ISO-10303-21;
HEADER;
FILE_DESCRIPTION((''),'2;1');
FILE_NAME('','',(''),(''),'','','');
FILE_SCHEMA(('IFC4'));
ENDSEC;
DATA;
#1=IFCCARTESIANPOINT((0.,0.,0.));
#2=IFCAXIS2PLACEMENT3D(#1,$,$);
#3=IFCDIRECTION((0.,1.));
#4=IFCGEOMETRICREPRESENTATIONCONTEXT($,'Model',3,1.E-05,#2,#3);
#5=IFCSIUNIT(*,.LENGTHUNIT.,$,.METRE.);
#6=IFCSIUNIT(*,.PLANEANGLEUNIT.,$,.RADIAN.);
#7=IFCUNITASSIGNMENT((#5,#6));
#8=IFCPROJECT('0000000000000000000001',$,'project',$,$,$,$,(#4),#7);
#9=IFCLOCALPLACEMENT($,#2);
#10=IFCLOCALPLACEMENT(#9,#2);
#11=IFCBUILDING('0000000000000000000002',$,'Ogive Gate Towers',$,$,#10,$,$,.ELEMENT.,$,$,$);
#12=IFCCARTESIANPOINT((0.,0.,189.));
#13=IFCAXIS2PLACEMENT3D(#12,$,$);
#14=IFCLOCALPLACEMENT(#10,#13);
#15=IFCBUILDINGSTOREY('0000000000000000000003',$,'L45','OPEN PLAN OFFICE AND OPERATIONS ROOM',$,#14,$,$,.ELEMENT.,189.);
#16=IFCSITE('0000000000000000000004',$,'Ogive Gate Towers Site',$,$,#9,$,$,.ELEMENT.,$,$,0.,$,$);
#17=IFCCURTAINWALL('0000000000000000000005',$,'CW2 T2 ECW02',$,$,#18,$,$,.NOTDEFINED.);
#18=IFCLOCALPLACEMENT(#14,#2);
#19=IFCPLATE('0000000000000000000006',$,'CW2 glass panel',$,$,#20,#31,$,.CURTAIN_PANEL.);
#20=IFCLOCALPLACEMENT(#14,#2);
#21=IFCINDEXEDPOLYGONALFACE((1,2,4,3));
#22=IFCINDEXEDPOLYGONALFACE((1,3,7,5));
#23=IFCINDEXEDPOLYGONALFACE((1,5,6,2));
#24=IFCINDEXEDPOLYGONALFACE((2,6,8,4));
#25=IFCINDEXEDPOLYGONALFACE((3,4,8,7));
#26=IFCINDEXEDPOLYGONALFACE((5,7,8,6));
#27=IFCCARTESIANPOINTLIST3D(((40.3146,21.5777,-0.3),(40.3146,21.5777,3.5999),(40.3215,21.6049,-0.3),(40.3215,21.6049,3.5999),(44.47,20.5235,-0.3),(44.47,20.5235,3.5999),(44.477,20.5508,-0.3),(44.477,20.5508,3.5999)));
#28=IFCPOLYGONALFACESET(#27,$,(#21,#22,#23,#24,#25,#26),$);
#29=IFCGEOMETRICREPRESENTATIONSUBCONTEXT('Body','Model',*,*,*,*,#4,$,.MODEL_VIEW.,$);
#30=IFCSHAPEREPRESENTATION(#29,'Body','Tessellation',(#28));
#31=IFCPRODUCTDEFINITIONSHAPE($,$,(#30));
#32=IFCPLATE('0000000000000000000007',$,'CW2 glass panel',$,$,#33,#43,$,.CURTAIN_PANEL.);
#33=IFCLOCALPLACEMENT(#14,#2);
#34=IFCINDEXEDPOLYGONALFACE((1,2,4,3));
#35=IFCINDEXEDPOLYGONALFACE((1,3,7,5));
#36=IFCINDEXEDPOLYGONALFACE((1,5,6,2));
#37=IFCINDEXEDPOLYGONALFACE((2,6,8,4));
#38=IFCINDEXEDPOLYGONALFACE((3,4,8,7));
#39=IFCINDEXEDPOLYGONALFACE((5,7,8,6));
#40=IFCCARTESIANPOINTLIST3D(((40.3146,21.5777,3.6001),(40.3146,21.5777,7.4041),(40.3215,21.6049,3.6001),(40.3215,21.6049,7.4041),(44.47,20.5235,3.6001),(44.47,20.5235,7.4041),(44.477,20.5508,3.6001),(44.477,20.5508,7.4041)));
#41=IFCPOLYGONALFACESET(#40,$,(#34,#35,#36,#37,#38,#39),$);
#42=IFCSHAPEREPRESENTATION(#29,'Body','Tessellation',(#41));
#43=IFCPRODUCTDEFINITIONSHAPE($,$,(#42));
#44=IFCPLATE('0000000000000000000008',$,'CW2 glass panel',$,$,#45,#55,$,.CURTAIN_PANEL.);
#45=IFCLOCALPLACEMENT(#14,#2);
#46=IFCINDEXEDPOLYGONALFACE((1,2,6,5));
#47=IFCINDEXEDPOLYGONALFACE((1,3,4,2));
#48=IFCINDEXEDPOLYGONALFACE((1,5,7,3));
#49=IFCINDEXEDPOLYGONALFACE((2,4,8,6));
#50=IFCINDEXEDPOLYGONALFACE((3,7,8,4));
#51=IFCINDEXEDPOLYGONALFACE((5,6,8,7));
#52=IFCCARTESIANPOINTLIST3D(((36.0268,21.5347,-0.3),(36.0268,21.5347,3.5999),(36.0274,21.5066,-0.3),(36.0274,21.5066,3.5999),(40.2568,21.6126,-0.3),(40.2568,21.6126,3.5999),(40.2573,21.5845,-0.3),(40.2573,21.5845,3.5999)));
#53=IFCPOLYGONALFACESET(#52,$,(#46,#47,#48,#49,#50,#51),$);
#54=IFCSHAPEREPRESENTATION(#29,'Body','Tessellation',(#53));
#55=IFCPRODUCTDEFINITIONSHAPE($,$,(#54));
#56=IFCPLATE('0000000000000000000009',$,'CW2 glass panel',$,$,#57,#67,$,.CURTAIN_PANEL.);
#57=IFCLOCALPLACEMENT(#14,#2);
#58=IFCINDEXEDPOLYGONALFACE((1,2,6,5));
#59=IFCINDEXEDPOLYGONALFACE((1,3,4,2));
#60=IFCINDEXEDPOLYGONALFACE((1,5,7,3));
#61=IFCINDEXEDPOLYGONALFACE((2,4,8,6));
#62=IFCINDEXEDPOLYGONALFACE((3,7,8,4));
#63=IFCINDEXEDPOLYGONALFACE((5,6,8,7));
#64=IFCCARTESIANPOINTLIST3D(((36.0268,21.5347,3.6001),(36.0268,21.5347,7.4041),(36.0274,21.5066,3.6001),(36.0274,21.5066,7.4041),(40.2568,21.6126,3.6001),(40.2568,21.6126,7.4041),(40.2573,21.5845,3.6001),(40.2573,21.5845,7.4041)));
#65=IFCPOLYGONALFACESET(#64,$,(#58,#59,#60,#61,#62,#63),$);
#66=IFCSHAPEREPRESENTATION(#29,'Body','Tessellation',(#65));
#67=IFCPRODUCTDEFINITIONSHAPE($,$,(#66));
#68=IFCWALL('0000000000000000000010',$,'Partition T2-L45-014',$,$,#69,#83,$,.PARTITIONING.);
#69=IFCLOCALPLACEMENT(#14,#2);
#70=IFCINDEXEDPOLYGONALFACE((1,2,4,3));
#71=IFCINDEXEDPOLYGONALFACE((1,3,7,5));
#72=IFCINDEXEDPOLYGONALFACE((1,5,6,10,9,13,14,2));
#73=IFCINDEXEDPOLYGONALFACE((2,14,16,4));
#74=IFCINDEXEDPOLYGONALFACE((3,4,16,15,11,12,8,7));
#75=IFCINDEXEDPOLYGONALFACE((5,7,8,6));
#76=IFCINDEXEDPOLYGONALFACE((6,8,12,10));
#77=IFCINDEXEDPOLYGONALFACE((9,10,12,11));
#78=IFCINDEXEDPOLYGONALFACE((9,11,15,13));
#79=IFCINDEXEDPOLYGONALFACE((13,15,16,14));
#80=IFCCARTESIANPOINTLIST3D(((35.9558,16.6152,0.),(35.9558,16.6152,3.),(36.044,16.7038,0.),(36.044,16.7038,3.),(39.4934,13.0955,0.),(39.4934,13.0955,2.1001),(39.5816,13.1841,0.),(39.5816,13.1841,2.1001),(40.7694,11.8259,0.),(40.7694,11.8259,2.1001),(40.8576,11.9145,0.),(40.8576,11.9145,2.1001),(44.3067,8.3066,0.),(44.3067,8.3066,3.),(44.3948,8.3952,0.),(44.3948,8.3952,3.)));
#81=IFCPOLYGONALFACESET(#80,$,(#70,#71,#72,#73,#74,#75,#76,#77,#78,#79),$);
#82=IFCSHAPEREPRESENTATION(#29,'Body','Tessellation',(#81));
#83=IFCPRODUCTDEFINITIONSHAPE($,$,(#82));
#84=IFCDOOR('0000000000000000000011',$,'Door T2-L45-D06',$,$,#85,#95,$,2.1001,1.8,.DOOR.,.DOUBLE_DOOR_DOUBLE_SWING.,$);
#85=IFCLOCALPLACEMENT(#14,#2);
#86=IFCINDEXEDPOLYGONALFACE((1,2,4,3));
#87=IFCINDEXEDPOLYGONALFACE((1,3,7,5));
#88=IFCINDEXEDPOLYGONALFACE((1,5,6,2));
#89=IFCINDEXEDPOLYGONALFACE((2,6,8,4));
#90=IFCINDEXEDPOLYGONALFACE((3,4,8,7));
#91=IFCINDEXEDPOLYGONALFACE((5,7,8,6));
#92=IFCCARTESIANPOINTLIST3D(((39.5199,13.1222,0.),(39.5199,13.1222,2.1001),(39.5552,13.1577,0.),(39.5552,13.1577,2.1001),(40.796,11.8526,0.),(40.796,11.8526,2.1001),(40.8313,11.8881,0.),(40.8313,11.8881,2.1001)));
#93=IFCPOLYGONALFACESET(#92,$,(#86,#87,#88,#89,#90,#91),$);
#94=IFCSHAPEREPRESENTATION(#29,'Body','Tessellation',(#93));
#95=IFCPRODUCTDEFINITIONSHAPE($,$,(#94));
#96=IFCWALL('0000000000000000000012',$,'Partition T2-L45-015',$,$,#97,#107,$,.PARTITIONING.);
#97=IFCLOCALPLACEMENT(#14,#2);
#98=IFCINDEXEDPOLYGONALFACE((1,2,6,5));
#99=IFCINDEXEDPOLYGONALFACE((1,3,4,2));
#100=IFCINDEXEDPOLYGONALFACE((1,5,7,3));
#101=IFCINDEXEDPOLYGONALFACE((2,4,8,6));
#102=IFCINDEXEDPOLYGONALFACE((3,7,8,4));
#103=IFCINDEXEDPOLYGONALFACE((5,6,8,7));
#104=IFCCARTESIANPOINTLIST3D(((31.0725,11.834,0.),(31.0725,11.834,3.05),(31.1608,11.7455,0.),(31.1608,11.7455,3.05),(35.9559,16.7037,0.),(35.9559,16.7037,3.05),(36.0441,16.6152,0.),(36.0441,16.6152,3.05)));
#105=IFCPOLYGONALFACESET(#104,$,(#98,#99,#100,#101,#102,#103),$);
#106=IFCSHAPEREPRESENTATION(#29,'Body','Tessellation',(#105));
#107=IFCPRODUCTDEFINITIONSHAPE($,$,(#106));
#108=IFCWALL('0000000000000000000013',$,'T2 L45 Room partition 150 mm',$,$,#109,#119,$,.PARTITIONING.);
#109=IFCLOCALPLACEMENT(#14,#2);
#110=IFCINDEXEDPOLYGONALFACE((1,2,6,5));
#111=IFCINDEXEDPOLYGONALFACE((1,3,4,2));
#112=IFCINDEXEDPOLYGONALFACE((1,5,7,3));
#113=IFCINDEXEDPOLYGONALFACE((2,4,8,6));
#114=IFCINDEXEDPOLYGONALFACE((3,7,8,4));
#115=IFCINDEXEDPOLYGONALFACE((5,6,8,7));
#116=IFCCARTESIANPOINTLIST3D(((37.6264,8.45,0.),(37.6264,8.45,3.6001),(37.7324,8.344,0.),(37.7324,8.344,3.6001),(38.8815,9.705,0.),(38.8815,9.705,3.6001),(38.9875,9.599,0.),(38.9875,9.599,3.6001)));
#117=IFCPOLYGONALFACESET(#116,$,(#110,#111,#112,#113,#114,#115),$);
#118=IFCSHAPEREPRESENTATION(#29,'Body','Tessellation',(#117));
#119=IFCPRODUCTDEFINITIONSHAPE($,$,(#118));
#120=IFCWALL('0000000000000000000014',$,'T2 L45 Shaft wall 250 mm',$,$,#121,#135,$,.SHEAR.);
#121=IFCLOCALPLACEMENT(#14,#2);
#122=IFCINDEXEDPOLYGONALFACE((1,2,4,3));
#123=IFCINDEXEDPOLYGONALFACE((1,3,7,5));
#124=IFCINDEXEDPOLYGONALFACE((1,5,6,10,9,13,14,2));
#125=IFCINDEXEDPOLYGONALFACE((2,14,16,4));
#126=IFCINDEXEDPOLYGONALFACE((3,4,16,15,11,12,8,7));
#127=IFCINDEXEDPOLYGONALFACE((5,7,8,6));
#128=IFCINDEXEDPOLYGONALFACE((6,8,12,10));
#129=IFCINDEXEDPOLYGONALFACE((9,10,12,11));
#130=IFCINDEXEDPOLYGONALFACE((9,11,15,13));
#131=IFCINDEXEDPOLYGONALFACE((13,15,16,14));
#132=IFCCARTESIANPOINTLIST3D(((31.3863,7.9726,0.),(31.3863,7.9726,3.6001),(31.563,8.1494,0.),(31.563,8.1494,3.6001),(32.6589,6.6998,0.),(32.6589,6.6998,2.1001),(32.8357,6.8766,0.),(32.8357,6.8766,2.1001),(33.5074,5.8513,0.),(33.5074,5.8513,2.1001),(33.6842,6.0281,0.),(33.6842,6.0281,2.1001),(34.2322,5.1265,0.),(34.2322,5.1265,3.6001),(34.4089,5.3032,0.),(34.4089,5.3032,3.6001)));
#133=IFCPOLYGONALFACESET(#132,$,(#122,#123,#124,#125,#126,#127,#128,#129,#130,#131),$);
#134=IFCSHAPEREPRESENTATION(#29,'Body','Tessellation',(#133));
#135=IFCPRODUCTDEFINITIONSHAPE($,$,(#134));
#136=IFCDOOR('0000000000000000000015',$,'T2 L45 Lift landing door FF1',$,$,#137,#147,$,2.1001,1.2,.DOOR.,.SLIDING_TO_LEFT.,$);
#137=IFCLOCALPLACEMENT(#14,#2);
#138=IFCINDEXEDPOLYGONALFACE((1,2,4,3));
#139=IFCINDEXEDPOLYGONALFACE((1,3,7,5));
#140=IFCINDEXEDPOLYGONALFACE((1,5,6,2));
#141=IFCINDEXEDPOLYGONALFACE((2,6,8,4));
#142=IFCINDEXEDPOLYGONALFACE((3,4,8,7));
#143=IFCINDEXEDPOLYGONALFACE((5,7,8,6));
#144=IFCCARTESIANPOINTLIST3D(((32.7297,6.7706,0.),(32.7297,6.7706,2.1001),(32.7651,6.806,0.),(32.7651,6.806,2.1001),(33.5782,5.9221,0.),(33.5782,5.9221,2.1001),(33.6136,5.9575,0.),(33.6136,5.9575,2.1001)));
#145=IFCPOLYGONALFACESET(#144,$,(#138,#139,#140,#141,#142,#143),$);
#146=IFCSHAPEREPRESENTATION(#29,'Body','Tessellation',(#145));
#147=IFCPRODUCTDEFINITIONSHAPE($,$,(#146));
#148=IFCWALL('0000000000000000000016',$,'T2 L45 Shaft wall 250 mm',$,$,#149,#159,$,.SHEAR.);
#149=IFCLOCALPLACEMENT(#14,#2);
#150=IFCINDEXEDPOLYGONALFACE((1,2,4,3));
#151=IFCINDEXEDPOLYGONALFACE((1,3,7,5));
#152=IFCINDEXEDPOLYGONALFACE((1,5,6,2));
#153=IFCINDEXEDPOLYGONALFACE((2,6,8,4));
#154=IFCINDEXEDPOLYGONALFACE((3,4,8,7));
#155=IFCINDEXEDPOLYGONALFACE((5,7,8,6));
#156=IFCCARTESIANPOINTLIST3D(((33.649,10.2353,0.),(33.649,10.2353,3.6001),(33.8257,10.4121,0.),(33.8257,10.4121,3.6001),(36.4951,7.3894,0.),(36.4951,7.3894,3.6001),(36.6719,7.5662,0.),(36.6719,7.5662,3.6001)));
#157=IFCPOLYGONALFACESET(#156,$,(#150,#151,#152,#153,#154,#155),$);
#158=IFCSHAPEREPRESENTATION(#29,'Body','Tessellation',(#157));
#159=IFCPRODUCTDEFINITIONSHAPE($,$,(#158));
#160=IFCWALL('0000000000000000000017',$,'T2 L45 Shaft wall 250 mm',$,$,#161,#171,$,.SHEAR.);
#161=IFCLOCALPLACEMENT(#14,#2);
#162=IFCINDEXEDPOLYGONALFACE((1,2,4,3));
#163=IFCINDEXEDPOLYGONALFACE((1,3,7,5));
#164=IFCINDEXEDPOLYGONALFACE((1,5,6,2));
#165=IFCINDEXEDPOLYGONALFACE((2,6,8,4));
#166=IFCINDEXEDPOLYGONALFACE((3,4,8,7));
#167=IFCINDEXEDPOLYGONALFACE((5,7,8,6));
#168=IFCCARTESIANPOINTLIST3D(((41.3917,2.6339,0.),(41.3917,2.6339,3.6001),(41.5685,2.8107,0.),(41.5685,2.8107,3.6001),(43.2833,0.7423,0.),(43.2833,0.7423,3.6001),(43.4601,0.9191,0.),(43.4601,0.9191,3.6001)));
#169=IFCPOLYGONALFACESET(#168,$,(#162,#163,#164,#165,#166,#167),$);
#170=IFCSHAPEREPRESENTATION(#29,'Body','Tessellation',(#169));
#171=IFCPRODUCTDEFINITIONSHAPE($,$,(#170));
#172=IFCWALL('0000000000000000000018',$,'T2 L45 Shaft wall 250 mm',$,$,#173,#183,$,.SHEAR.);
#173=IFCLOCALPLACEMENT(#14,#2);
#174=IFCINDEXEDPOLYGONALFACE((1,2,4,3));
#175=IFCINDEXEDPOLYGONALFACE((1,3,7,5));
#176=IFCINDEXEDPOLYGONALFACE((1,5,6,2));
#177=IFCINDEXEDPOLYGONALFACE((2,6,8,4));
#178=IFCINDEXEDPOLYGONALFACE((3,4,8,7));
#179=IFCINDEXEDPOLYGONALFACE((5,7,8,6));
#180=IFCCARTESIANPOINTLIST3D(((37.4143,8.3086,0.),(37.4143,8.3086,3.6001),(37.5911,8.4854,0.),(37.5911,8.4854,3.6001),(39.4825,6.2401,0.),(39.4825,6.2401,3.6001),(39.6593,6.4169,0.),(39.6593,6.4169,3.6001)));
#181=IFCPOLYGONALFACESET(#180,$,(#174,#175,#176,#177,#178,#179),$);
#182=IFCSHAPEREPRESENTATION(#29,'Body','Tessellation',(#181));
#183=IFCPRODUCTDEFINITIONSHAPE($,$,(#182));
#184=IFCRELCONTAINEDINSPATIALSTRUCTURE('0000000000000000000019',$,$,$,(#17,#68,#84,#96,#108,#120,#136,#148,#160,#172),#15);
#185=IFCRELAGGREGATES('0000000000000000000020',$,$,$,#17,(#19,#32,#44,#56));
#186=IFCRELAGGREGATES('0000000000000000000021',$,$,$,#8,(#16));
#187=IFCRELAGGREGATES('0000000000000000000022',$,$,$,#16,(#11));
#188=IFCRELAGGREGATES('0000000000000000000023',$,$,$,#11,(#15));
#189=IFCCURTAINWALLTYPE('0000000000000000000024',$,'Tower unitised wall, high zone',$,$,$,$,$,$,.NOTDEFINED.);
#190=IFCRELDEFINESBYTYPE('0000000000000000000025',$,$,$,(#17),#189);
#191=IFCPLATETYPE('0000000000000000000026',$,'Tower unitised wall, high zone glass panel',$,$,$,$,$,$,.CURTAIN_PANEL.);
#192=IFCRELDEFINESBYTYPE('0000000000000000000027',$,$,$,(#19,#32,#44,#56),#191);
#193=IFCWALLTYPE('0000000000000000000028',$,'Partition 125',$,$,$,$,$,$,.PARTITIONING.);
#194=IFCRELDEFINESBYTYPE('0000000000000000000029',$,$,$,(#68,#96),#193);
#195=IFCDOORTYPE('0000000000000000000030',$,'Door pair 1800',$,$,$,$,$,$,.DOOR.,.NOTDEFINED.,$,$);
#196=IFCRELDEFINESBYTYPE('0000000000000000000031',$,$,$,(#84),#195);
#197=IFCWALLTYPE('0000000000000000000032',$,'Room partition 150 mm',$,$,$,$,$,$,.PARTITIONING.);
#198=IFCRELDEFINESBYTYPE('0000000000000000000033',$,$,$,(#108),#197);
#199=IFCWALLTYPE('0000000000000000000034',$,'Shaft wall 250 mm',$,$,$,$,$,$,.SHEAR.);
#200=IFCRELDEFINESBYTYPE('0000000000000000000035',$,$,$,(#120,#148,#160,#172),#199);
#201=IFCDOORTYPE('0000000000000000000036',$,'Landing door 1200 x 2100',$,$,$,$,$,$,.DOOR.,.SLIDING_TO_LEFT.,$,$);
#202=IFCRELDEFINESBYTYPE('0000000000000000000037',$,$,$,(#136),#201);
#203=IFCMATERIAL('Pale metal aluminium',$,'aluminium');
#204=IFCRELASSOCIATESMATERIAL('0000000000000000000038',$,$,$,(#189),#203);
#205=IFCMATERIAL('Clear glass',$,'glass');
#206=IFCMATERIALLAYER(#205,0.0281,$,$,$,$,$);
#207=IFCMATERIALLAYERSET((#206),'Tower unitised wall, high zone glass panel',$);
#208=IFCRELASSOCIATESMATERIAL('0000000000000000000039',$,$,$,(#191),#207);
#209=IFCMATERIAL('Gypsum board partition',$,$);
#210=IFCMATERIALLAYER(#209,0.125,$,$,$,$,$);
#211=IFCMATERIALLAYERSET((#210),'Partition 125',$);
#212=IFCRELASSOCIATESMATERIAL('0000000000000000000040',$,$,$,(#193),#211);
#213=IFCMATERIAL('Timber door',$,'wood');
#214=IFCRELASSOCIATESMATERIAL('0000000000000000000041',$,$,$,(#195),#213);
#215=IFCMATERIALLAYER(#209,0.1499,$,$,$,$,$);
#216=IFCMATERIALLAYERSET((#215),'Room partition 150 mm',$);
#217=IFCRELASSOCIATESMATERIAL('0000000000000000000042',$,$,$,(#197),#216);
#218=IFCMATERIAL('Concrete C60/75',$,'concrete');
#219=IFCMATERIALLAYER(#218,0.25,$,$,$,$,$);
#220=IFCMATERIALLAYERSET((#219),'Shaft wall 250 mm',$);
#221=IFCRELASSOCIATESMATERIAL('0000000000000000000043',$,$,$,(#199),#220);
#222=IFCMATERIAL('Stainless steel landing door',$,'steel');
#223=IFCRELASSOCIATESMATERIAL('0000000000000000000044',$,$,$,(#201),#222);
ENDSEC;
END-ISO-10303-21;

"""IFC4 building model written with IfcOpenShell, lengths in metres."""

from ifc_helpers import new_model, si_unit, direction, frame, frame_2d, origin, origin_2d, place, context, subcontext, project, spatial, rectangle, extrude, material, layer, layer_set, type_object, element, fill, aggregate, save


model = new_model("IFC4")

# Units and contexts
model_context = context("Model", 3, precision=1e-05, world=origin(), true_north=direction((0.0, 1.0)))
body_context = subcontext(model_context, "Body", "Model", "MODEL_VIEW")
ifc_project = project(units=[si_unit("LENGTHUNIT", "METRE"), si_unit("PLANEANGLEUNIT", "RADIAN")], contexts=[model_context])

# Site, building, storey
site_placement = place(None, origin())
site = spatial("IfcSite", under=ifc_project, at=site_placement, Name="Ogive Gate Towers Site", CompositionType="ELEMENT", RefElevation=0.0)
building_placement = place(site_placement, origin())
building = spatial("IfcBuilding", under=site, at=building_placement, Name="Ogive Gate Towers", CompositionType="ELEMENT")
storey_placement = place(building_placement, frame((0.0, 0.0, 189.0)))
storey = spatial("IfcBuildingStorey", under=building, at=storey_placement, Name="L45", Description="OPEN PLAN OFFICE AND OPERATIONS ROOM", CompositionType="ELEMENT", Elevation=189.0)

# Curtain wall
ifc_material_1 = material(Name="Pale metal aluminium", Category="aluminium")
curtain_wall_type = type_object("IfcCurtainWallType", Name="Tower unitised wall, high zone", PredefinedType="NOTDEFINED", material=ifc_material_1)
curtain_wall_1_placement = place(storey_placement, origin())
curtain_wall_1 = element("IfcCurtainWall", 1, at=curtain_wall_1_placement, inside=storey, type_object=curtain_wall_type, Name="CW2 T2 ECW02", PredefinedType="NOTDEFINED")

# Plates
ifc_material_2 = material(Name="Clear glass", Category="glass")
ifc_layer_1 = layer(ifc_material_2, 0.0281)
ifc_layer_set_1 = layer_set([ifc_layer_1], Name="Tower unitised wall, high zone glass panel")
plate_type = type_object("IfcPlateType", Name="Tower unitised wall, high zone glass panel", PredefinedType="CURTAIN_PANEL", material=ifc_layer_set_1)
plate_1_placement = place(storey_placement, frame((42.3958, 21.0642, -0.3), z_axis=(0.0, 0.0, 1.0), x_axis=(-0.9693, 0.245883, 0.0)))
plate_1 = element("IfcPlate", 2, at=plate_1_placement, type_object=plate_type, Name="CW2 glass panel", PredefinedType="CURTAIN_PANEL", context=body_context, shape_type="SweptSolid", body=[
    extrude(rectangle(XDim=4.2871, YDim=0.0281, at=origin_2d()), origin(), (0.0, 0.0, 1.0), 3.8999),
])
plate_2_placement = place(storey_placement, frame((42.3958, 21.0642, 3.6001), z_axis=(0.0, 0.0, 1.0), x_axis=(-0.9693, 0.245883, 0.0)))
plate_2 = element("IfcPlate", 3, at=plate_2_placement, type_object=plate_type, Name="CW2 glass panel", PredefinedType="CURTAIN_PANEL", context=body_context, shape_type="SweptSolid", body=[
    extrude(rectangle(XDim=4.2871, YDim=0.0281, at=origin_2d()), origin(), (0.0, 0.0, 1.0), 3.804),
])
plate_3_placement = place(storey_placement, frame((38.1421, 21.5596, -0.3), z_axis=(0.0, 0.0, 1.0), x_axis=(-0.99983, -0.018412, 0.0)))
plate_3 = element("IfcPlate", 4, at=plate_3_placement, type_object=plate_type, Name="CW2 glass panel", PredefinedType="CURTAIN_PANEL", context=body_context, shape_type="SweptSolid", body=[
    extrude(rectangle(XDim=4.2307, YDim=0.0281, at=origin_2d()), origin(), (0.0, 0.0, 1.0), 3.8999),
])
plate_4_placement = place(storey_placement, frame((38.1421, 21.5596, 3.6001), z_axis=(0.0, 0.0, 1.0), x_axis=(-0.99983, -0.018412, 0.0)))
plate_4 = element("IfcPlate", 5, at=plate_4_placement, type_object=plate_type, Name="CW2 glass panel", PredefinedType="CURTAIN_PANEL", context=body_context, shape_type="SweptSolid", body=[
    extrude(rectangle(XDim=4.2307, YDim=0.0281, at=origin_2d()), origin(), (0.0, 0.0, 1.0), 3.804),
])
aggregate(curtain_wall_1, [plate_1, plate_2, plate_3, plate_4])

# Wall, opening, door
ifc_material_3 = material(Name="Gypsum board partition")
ifc_layer_2 = layer(ifc_material_3, 0.125)
ifc_layer_set_2 = layer_set([ifc_layer_2], Name="Partition 125")
wall_type_1 = type_object("IfcWallType", Name="Partition 125", PredefinedType="PARTITIONING", material=ifc_layer_set_2)
wall_1_placement = place(storey_placement, frame((44.3508, 8.3508, 0.0), z_axis=(0.0, 0.0, 1.0), x_axis=(-0.708897, 0.705312, 0.0)))
wall_1 = element("IfcWall", 6, at=wall_1_placement, inside=storey, type_object=wall_type_1, Name="Partition T2-L45-014", PredefinedType="PARTITIONING", context=body_context, shape_type="SweptSolid", body=[
    extrude(rectangle(XDim=11.78, YDim=0.125, at=frame_2d((5.8901, 0.0))), origin(), (0.0, 0.0, 1.0), 3.0),
])
opening_1_placement = place(wall_1_placement, frame((4.99, 0.0, 0.0)))
opening_1 = element("IfcOpeningElement", 7, at=opening_1_placement, cuts=wall_1, PredefinedType="OPENING", context=body_context, shape_type="SweptSolid", body=[
    extrude(rectangle(XDim=1.8, YDim=2.1001, at=frame_2d((0.8999, 1.05))), frame((0.0, 0.0725, 0.0), z_axis=(0.0, -1.0, 0.0), x_axis=(1.0, 0.0, 0.0)), (0.0, 0.0, 1.0), 0.145),
])
ifc_material_4 = material(Name="Timber door", Category="wood")
door_type_1 = type_object("IfcDoorType", Name="Door pair 1800", OperationType="NOTDEFINED", PredefinedType="DOOR", material=ifc_material_4)
door_1_placement = place(opening_1_placement, origin())
door_1 = element("IfcDoor", 8, at=door_1_placement, inside=storey, type_object=door_type_1, Name="Door T2-L45-D06", OperationType="DOUBLE_DOOR_DOUBLE_SWING", OverallHeight=2.1001, OverallWidth=1.8, PredefinedType="DOOR", context=body_context, shape_type="SweptSolid", body=[
    extrude(rectangle(XDim=1.8, YDim=2.1001, at=frame_2d((0.8999, 1.05))), frame((0.0, 0.0249, 0.0), z_axis=(0.0, -1.0, 0.0), x_axis=(1.0, 0.0, 0.0)), (0.0, 0.0, 1.0), 0.05),
])
fill(opening_1, door_1)

# Walls
wall_2_placement = place(storey_placement, frame((36.0, 16.6594, 0.0), z_axis=(0.0, 0.0, 1.0), x_axis=(-0.708097, -0.706115, 0.0)))
element("IfcWall", 9, at=wall_2_placement, inside=storey, type_object=wall_type_1, Name="Partition T2-L45-015", PredefinedType="PARTITIONING", context=body_context, shape_type="SweptSolid", body=[
    extrude(rectangle(XDim=6.8965, YDim=0.125, at=frame_2d((3.4482, 0.0))), origin(), (0.0, 0.0, 1.0), 3.05),
])
ifc_layer_3 = layer(ifc_material_3, 0.1499)
ifc_layer_set_3 = layer_set([ifc_layer_3], Name="Room partition 150 mm")
wall_type_2 = type_object("IfcWallType", Name="Room partition 150 mm", PredefinedType="PARTITIONING", material=ifc_layer_set_3)
wall_3_placement = place(storey_placement, frame((37.6794, 8.397, 0.0), z_axis=(0.0, 0.0, 1.0), x_axis=(0.707107, 0.707107, 0.0)))
element("IfcWall", 10, at=wall_3_placement, inside=storey, type_object=wall_type_2, Name="T2 L45 Room partition 150 mm", PredefinedType="PARTITIONING", context=body_context, shape_type="SweptSolid", body=[
    extrude(rectangle(XDim=1.7749, YDim=0.1499, at=frame_2d((0.8875, 0.0))), origin(), (0.0, 0.0, 1.0), 3.6001),
])

# Wall, opening, door
ifc_material_5 = material(Name="Concrete C60/75", Category="concrete")
ifc_layer_4 = layer(ifc_material_5, 0.25)
ifc_layer_set_4 = layer_set([ifc_layer_4], Name="Shaft wall 250 mm")
wall_type_3 = type_object("IfcWallType", Name="Shaft wall 250 mm", PredefinedType="SHEAR", material=ifc_layer_set_4)
wall_4_placement = place(storey_placement, frame((34.3206, 5.2148, 0.0), z_axis=(0.0, 0.0, 1.0), x_axis=(-0.707076, 0.707137, 0.0)))
wall_4 = element("IfcWall", 11, at=wall_4_placement, inside=storey, type_object=wall_type_3, Name="T2 L45 Shaft wall 250 mm", PredefinedType="SHEAR", context=body_context, shape_type="SweptSolid", body=[
    extrude(rectangle(XDim=4.0249, YDim=0.25, at=frame_2d((2.0125, 0.0))), origin(), (0.0, 0.0, 1.0), 3.6001),
])
opening_2_placement = place(wall_4_placement, frame((1.0249, 0.0, 0.0)))
opening_2 = element("IfcOpeningElement", 12, at=opening_2_placement, cuts=wall_4, PredefinedType="OPENING", context=body_context, shape_type="SweptSolid", body=[
    extrude(rectangle(XDim=1.2, YDim=2.1001, at=frame_2d((0.6001, 1.05))), frame((0.0, 0.135, 0.0), z_axis=(0.0, -1.0, 0.0), x_axis=(1.0, 0.0, 0.0)), (0.0, 0.0, 1.0), 0.27),
])
ifc_material_6 = material(Name="Stainless steel landing door", Category="steel")
door_type_2 = type_object("IfcDoorType", Name="Landing door 1200 x 2100", OperationType="SLIDING_TO_LEFT", PredefinedType="DOOR", material=ifc_material_6)
door_2_placement = place(opening_2_placement, origin())
door_2 = element("IfcDoor", 13, at=door_2_placement, inside=storey, type_object=door_type_2, Name="T2 L45 Lift landing door FF1", OperationType="SLIDING_TO_LEFT", OverallHeight=2.1001, OverallWidth=1.2, PredefinedType="DOOR", context=body_context, shape_type="SweptSolid", body=[
    extrude(rectangle(XDim=1.2, YDim=2.1001, at=frame_2d((0.6001, 1.05))), frame((0.0, 0.0249, 0.0), z_axis=(0.0, -1.0, 0.0), x_axis=(1.0, 0.0, 0.0)), (0.0, 0.0, 1.0), 0.05),
])
fill(opening_2, door_2)

# Walls
wall_5_placement = place(storey_placement, frame((36.5835, 7.4778, 0.0), z_axis=(0.0, 0.0, 1.0), x_axis=(-0.707137, 0.707076, 0.0)))
element("IfcWall", 14, at=wall_5_placement, inside=storey, type_object=wall_type_3, Name="T2 L45 Shaft wall 250 mm", PredefinedType="SHEAR", context=body_context, shape_type="SweptSolid", body=[
    extrude(rectangle(XDim=4.0249, YDim=0.25, at=frame_2d((2.0125, 0.0))), origin(), (0.0, 0.0, 1.0), 3.6001),
])
wall_6_placement = place(storey_placement, frame((43.3716, 0.8308, 0.0), z_axis=(0.0, 0.0, 1.0), x_axis=(-0.707107, 0.707107, 0.0)))
element("IfcWall", 15, at=wall_6_placement, inside=storey, type_object=wall_type_3, Name="T2 L45 Shaft wall 250 mm", PredefinedType="SHEAR", context=body_context, shape_type="SweptSolid", body=[
    extrude(rectangle(XDim=2.675, YDim=0.25, at=frame_2d((1.3374, 0.0))), origin(), (0.0, 0.0, 1.0), 3.6001),
])
wall_7_placement = place(storey_placement, frame((39.5708, 6.3286, 0.0), z_axis=(0.0, 0.0, 1.0), x_axis=(-0.707065, 0.707149, 0.0)))
element("IfcWall", 16, at=wall_7_placement, inside=storey, type_object=wall_type_3, Name="T2 L45 Shaft wall 250 mm", PredefinedType="SHEAR", context=body_context, shape_type="SweptSolid", body=[
    extrude(rectangle(XDim=2.925, YDim=0.25, at=frame_2d((1.4624, 0.0))), origin(), (0.0, 0.0, 1.0), 3.6001),
])

save(model, "model.ifc")
